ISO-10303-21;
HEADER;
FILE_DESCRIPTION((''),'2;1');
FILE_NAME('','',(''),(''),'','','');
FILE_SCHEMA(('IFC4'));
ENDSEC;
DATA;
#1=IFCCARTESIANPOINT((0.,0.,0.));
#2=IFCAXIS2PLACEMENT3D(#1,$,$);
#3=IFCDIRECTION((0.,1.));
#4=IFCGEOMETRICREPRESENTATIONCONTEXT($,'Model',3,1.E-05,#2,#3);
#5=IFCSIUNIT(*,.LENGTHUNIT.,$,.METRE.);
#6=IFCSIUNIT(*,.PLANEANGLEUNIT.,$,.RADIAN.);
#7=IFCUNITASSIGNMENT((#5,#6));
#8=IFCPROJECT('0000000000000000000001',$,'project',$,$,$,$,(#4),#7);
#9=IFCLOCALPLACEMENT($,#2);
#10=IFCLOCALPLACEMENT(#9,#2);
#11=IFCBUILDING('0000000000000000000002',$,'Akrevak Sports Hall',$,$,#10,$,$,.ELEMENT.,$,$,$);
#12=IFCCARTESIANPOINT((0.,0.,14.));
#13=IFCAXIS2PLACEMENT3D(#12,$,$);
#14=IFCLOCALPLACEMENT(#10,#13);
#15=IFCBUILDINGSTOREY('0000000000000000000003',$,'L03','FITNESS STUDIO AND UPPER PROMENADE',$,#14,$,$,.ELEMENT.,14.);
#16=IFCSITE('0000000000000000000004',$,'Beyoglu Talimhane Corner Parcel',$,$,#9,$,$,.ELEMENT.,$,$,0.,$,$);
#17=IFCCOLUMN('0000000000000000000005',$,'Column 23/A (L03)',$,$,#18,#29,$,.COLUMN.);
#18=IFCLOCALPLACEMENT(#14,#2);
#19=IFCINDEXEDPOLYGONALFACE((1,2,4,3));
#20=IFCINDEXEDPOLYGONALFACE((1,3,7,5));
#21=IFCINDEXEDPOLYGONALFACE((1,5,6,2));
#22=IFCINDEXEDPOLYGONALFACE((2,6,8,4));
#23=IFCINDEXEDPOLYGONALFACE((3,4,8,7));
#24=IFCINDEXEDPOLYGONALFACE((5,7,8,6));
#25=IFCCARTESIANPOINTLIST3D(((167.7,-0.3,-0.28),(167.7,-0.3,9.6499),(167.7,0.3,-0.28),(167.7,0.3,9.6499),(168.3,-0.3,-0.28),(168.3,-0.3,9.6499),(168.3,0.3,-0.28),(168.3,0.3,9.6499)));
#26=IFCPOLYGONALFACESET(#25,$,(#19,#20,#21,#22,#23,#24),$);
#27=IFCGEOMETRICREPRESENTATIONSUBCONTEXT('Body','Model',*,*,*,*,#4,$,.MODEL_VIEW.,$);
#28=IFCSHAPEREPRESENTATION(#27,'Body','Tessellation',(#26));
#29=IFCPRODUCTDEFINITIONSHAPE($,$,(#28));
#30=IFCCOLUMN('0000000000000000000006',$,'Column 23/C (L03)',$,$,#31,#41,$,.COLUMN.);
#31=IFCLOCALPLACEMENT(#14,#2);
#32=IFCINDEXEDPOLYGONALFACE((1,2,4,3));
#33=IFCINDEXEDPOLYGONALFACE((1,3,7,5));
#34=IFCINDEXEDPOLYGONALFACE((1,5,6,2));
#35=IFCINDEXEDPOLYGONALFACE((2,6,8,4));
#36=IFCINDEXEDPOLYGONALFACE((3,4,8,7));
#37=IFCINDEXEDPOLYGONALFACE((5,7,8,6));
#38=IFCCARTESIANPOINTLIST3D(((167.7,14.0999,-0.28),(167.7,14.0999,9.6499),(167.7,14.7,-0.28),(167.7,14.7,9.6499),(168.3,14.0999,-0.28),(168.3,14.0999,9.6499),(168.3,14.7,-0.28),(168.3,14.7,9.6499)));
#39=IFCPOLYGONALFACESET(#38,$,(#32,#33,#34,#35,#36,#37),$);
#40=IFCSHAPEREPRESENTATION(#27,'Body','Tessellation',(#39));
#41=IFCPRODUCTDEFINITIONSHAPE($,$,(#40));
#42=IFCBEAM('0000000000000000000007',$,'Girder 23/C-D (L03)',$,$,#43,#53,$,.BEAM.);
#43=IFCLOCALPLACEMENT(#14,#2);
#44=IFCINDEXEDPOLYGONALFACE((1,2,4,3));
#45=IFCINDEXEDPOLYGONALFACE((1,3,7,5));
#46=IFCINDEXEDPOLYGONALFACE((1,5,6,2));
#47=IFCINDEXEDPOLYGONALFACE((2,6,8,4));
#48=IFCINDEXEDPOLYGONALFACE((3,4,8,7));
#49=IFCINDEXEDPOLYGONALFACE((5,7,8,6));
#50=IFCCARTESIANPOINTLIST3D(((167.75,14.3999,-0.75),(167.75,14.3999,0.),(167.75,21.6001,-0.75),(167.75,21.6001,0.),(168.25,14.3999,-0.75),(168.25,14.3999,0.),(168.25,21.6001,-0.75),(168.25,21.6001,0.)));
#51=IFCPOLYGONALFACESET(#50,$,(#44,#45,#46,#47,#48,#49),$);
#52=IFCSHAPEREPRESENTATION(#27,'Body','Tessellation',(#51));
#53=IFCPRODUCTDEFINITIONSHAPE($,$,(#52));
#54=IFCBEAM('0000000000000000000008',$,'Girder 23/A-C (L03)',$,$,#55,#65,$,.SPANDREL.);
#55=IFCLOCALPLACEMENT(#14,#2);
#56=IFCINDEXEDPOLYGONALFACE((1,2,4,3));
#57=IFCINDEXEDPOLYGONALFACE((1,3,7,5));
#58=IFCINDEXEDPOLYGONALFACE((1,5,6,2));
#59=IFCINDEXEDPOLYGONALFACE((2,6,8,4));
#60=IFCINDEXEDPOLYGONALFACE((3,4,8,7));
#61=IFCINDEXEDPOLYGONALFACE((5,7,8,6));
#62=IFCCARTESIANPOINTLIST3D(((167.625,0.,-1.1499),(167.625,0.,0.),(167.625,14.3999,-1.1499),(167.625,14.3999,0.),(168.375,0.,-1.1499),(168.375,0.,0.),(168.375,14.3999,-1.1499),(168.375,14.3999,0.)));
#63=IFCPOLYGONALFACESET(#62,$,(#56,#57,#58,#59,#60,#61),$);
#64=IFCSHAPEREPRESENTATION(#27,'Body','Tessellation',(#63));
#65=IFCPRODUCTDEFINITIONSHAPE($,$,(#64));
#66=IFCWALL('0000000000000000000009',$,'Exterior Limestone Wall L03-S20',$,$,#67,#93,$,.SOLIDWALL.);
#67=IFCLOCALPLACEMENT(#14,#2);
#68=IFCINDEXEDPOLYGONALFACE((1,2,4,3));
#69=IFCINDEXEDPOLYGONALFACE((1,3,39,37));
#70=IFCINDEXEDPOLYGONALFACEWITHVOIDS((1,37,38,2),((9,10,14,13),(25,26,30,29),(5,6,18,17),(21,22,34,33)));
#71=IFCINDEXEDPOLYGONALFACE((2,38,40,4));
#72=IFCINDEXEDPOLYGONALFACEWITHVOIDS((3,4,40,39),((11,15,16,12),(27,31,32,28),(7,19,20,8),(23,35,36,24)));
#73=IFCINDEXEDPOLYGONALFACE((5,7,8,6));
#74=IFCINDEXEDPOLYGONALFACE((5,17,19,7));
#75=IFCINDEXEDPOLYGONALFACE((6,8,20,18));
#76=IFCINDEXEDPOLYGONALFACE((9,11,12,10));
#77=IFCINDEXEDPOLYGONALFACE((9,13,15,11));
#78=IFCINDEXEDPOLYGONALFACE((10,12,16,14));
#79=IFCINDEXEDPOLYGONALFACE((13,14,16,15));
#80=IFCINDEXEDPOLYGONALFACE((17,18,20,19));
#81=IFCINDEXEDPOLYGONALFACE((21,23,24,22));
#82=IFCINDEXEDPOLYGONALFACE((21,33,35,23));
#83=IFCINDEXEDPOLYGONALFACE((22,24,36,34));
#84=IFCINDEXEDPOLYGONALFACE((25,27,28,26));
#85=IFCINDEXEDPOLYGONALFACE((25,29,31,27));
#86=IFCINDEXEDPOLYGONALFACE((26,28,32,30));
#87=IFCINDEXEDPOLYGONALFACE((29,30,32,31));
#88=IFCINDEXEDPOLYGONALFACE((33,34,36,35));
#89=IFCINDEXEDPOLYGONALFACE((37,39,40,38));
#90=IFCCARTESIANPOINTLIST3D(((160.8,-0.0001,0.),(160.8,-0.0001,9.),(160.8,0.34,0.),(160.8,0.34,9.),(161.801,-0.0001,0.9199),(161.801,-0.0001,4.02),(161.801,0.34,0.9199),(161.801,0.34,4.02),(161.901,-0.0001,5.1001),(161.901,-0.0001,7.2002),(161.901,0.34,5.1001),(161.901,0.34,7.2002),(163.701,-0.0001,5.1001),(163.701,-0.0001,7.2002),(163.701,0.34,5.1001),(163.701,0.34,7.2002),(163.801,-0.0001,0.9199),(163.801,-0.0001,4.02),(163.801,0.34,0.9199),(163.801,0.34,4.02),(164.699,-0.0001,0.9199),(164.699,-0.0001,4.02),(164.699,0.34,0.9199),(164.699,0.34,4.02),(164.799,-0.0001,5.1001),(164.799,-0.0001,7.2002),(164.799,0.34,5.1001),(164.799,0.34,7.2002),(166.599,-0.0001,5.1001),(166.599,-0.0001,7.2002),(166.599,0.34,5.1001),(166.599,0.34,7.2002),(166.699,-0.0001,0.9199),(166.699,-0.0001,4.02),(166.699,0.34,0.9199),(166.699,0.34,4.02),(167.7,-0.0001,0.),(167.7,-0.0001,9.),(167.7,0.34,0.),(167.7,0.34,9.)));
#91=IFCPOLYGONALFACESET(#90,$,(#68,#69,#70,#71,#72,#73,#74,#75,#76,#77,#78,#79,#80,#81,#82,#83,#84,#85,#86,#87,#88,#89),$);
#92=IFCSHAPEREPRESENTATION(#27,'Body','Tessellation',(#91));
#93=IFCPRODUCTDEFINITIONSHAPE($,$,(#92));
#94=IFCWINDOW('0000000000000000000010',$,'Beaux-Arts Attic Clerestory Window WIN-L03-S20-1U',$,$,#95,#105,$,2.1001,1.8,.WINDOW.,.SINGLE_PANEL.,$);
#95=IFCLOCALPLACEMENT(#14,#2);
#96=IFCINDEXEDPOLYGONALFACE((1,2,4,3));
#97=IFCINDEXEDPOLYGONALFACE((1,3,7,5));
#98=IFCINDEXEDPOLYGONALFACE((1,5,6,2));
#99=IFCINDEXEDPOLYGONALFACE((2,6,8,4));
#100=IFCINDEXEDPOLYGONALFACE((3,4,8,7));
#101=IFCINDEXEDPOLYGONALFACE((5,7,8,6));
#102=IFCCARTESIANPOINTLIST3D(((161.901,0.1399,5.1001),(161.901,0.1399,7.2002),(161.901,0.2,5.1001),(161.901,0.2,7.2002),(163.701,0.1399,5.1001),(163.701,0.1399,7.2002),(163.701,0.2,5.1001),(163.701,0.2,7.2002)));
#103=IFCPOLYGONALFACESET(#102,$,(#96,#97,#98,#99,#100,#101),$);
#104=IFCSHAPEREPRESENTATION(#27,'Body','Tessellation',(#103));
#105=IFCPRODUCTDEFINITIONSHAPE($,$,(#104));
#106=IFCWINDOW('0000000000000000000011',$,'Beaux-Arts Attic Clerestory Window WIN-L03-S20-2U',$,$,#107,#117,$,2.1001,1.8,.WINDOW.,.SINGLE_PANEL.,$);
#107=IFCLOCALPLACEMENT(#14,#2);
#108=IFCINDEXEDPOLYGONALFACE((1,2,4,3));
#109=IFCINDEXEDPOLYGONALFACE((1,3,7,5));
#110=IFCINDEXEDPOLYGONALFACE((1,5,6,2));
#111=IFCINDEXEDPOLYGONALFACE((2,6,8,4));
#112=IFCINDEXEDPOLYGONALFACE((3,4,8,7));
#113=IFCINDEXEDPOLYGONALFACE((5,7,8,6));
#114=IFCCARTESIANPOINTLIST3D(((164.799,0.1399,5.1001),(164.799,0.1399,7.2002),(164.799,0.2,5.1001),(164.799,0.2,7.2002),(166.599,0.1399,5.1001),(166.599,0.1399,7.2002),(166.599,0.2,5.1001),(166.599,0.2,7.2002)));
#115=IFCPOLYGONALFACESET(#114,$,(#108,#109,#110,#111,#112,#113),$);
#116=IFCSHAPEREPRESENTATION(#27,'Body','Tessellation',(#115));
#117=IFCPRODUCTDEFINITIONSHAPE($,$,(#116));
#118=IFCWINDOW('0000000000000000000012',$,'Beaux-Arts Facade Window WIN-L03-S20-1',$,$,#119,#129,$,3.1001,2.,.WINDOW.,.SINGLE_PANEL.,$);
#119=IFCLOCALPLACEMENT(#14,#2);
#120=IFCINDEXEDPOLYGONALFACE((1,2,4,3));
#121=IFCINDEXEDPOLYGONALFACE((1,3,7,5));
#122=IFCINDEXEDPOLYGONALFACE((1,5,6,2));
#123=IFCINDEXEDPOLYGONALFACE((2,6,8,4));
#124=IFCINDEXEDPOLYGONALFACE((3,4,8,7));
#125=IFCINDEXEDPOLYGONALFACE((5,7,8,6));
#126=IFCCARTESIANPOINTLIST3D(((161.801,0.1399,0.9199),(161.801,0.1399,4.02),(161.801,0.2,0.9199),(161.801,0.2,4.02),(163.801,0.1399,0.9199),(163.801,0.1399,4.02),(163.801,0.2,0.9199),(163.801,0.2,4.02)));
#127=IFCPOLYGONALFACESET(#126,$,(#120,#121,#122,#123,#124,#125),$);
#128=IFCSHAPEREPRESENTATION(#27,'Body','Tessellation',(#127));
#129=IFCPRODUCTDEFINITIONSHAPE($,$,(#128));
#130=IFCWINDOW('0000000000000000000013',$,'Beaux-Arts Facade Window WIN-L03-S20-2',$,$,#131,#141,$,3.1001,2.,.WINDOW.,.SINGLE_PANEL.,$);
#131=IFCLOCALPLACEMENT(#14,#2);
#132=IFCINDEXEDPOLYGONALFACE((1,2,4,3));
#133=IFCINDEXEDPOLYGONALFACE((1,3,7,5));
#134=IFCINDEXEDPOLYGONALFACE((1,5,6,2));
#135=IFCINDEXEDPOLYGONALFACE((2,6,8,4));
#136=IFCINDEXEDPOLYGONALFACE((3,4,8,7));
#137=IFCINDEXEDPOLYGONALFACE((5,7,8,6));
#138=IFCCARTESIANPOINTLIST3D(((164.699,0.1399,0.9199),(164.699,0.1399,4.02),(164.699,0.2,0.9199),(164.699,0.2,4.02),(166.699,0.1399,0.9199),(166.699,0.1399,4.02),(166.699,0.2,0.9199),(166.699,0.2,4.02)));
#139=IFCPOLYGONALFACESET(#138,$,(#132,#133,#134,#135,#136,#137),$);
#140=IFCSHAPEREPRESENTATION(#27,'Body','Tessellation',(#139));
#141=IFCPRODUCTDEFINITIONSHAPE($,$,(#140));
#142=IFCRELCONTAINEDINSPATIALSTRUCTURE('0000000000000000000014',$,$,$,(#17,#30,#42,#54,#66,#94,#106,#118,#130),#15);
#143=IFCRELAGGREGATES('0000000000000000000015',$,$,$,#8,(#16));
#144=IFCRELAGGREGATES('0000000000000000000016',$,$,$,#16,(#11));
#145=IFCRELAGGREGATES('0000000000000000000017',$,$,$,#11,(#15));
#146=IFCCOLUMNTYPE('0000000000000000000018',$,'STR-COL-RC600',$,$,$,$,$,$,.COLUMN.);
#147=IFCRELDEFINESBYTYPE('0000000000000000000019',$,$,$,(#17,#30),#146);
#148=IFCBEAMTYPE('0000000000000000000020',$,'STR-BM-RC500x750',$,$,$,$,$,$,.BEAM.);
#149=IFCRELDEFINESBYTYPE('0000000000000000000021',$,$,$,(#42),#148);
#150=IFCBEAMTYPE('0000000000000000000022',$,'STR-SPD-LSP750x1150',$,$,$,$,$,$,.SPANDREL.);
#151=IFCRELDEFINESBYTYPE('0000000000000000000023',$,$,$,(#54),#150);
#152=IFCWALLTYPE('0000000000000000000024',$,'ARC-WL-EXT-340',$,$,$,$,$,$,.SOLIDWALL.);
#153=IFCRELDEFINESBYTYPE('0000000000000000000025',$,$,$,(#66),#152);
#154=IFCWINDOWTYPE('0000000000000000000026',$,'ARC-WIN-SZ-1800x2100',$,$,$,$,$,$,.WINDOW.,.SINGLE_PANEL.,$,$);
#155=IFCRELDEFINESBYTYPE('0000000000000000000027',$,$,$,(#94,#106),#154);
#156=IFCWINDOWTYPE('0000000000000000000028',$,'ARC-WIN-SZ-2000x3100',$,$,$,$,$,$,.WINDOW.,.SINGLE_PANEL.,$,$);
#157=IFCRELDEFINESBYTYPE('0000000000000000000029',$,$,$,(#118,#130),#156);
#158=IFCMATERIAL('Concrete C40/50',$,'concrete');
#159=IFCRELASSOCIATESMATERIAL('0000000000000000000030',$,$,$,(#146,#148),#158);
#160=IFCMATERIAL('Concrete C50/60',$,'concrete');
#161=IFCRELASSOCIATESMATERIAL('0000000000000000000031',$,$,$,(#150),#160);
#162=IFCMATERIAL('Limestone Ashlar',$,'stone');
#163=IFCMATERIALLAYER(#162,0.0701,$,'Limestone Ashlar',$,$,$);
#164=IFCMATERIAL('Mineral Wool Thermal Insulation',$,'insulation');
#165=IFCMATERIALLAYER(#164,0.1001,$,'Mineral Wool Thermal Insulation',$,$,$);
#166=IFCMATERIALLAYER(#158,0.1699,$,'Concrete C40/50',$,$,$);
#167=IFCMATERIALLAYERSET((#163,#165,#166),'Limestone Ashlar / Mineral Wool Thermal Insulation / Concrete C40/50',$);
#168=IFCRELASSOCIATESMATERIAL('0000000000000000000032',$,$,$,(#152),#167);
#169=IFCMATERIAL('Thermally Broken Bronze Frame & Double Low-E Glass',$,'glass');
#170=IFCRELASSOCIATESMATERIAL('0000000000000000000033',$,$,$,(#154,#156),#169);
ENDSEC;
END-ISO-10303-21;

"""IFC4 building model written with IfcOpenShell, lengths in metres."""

from ifc_helpers import new_model, si_unit, direction, frame, frame_2d, origin, origin_2d, place, context, subcontext, project, spatial, rectangle, extrude, material, layer, layer_set, material_profile, profile_set, type_object, element, fill, save


model = new_model("IFC4")

# Units and contexts
model_context = context("Model", 3, precision=1e-05, world=origin(), true_north=direction((0.0, 1.0)))
body_context = subcontext(model_context, "Body", "Model", "MODEL_VIEW")
ifc_project = project(units=[si_unit("LENGTHUNIT", "METRE"), si_unit("PLANEANGLEUNIT", "RADIAN")], contexts=[model_context])

# Site, building, storey
site_placement = place(None, origin())
site = spatial("IfcSite", under=ifc_project, at=site_placement, Name="Beyoglu Talimhane Corner Parcel", CompositionType="ELEMENT", RefElevation=0.0)
building_placement = place(site_placement, origin())
building = spatial("IfcBuilding", under=site, at=building_placement, Name="Akrevak Sports Hall", CompositionType="ELEMENT")
storey_placement = place(building_placement, frame((0.0, 0.0, 14.0)))
storey = spatial("IfcBuildingStorey", under=building, at=storey_placement, Name="L03", Description="FITNESS STUDIO AND UPPER PROMENADE", CompositionType="ELEMENT", Elevation=14.0)

# Columns
ifc_material_1 = material(Name="Concrete C40/50", Category="concrete")
ifc_material_profile_1 = material_profile(ifc_material_1, rectangle(XDim=0.6001, YDim=0.6001, at=origin_2d()), Name="RC 600x600", Category="concrete")
ifc_profile_set_1 = profile_set([ifc_material_profile_1], Name="Concrete C40/50")
column_type = type_object("IfcColumnType", Name="STR-COL-RC600", PredefinedType="COLUMN", material=ifc_profile_set_1)
for number, where, z_axis, x_axis, name in (
    (1, (168.0, 0.0, -0.28), (0.0, 0.0, 1.0), (1.0, 0.0, 0.0), "Column 23/A (L03)"),
    (2, (168.0, 14.3999, -0.28), (0.0, 0.0, 1.0), (1.0, 0.0, 0.0), "Column 23/C (L03)"),
):
    element("IfcColumn", number, at=place(storey_placement, frame(where, z_axis=z_axis, x_axis=x_axis)), inside=storey, type_object=column_type, Name=name, PredefinedType="COLUMN", context=body_context, shape_type="SweptSolid", body=[
        extrude(rectangle(XDim=0.6001, YDim=0.6001, at=origin_2d()), origin(), (0.0, 0.0, 1.0), 9.9299),
    ])

# Beams
ifc_material_profile_2 = material_profile(ifc_material_1, rectangle(XDim=0.5, YDim=0.75, at=origin_2d()), Name="BM 500x750", Category="concrete")
ifc_profile_set_2 = profile_set([ifc_material_profile_2], Name="Concrete C40/50")
beam_type_1 = type_object("IfcBeamType", Name="STR-BM-RC500x750", PredefinedType="BEAM", material=ifc_profile_set_2)
beam_1_placement = place(storey_placement, frame((168.0, 14.3999, -0.375), z_axis=(0.0, 1.0, 0.0), x_axis=(-1.0, 0.0, 0.0)))
element("IfcBeam", 3, at=beam_1_placement, inside=storey, type_object=beam_type_1, Name="Girder 23/C-D (L03)", PredefinedType="BEAM", context=body_context, shape_type="SweptSolid", body=[
    extrude(rectangle(XDim=0.5, YDim=0.75, at=origin_2d()), origin(), (0.0, 0.0, 1.0), 7.2002),
])
ifc_material_2 = material(Name="Concrete C50/60", Category="concrete")
ifc_material_profile_3 = material_profile(ifc_material_2, rectangle(XDim=0.75, YDim=1.1499, at=origin_2d()), Name="SPD 750x1150", Category="concrete")
ifc_profile_set_3 = profile_set([ifc_material_profile_3], Name="Concrete C50/60")
beam_type_2 = type_object("IfcBeamType", Name="STR-SPD-LSP750x1150", PredefinedType="SPANDREL", material=ifc_profile_set_3)
beam_2_placement = place(storey_placement, frame((168.0, 0.0, -0.575), z_axis=(0.0, 1.0, 0.0), x_axis=(-1.0, 0.0, 0.0)))
element("IfcBeam", 4, at=beam_2_placement, inside=storey, type_object=beam_type_2, Name="Girder 23/A-C (L03)", PredefinedType="SPANDREL", context=body_context, shape_type="SweptSolid", body=[
    extrude(rectangle(XDim=0.75, YDim=1.1499, at=origin_2d()), origin(), (0.0, 0.0, 1.0), 14.3999),
])

# Wall, openings, windows
ifc_material_3 = material(Name="Limestone Ashlar", Category="stone")
ifc_layer_1 = layer(ifc_material_3, 0.0701, Name="Limestone Ashlar")
ifc_material_4 = material(Name="Mineral Wool Thermal Insulation", Category="insulation")
ifc_layer_2 = layer(ifc_material_4, 0.1001, Name="Mineral Wool Thermal Insulation")
ifc_layer_3 = layer(ifc_material_1, 0.1699, Name="Concrete C40/50")
ifc_layer_set_1 = layer_set([ifc_layer_1, ifc_layer_2, ifc_layer_3], Name="Limestone Ashlar / Mineral Wool Thermal Insulation / Concrete C40/50")
wall_type = type_object("IfcWallType", Name="ARC-WL-EXT-340", PredefinedType="SOLIDWALL", material=ifc_layer_set_1)
wall_1_placement = place(storey_placement, frame((160.8, 0.1699, 0.0), z_axis=(0.0, 0.0, 1.0), x_axis=(1.0, 0.0, 0.0)))
wall_1 = element("IfcWall", 5, at=wall_1_placement, inside=storey, type_object=wall_type, Name="Exterior Limestone Wall L03-S20", PredefinedType="SOLIDWALL", context=body_context, shape_type="SweptSolid", body=[
    extrude(rectangle(XDim=6.8999, YDim=0.3401, at=frame_2d((3.45, 0.0))), origin(), (0.0, 0.0, 1.0), 9.0),
])
opening_1_placement = place(wall_1_placement, frame((1.001, 0.0, 0.9199)))
opening_1 = element("IfcOpeningElement", 6, at=opening_1_placement, cuts=wall_1, PredefinedType="OPENING", context=body_context, shape_type="SweptSolid", body=[
    extrude(rectangle(XDim=2.0, YDim=3.1001, at=frame_2d((1.0, 1.55))), frame((0.0, 0.1821, 0.0), z_axis=(0.0, -1.0, 0.0), x_axis=(1.0, 0.0, 0.0)), (0.0, 0.0, 1.0), 0.364),
])
opening_2_placement = place(wall_1_placement, frame((1.1011, 0.0, 5.1001)))
opening_2 = element("IfcOpeningElement", 7, at=opening_2_placement, cuts=wall_1, PredefinedType="OPENING", context=body_context, shape_type="SweptSolid", body=[
    extrude(rectangle(XDim=1.8, YDim=2.1001, at=frame_2d((0.8999, 1.05))), frame((0.0, 0.1821, 0.0), z_axis=(0.0, -1.0, 0.0), x_axis=(1.0, 0.0, 0.0)), (0.0, 0.0, 1.0), 0.364),
])
opening_3_placement = place(wall_1_placement, frame((3.8989, 0.0, 0.9199)))
opening_3 = element("IfcOpeningElement", 8, at=opening_3_placement, cuts=wall_1, PredefinedType="OPENING", context=body_context, shape_type="SweptSolid", body=[
    extrude(rectangle(XDim=2.0, YDim=3.1001, at=frame_2d((1.0, 1.55))), frame((0.0, 0.1821, 0.0), z_axis=(0.0, -1.0, 0.0), x_axis=(1.0, 0.0, 0.0)), (0.0, 0.0, 1.0), 0.364),
])
opening_4_placement = place(wall_1_placement, frame((3.999, 0.0, 5.1001)))
opening_4 = element("IfcOpeningElement", 9, at=opening_4_placement, cuts=wall_1, PredefinedType="OPENING", context=body_context, shape_type="SweptSolid", body=[
    extrude(rectangle(XDim=1.8, YDim=2.1001, at=frame_2d((0.8999, 1.05))), frame((0.0, 0.1821, 0.0), z_axis=(0.0, -1.0, 0.0), x_axis=(1.0, 0.0, 0.0)), (0.0, 0.0, 1.0), 0.364),
])
ifc_material_5 = material(Name="Thermally Broken Bronze Frame & Double Low-E Glass", Category="glass")
window_type_1 = type_object("IfcWindowType", Name="ARC-WIN-SZ-1800x2100", PartitioningType="SINGLE_PANEL", PredefinedType="WINDOW", material=ifc_material_5)
window_1_placement = place(opening_2_placement, origin())
window_1 = element("IfcWindow", 10, at=window_1_placement, inside=storey, type_object=window_type_1, Name="Beaux-Arts Attic Clerestory Window WIN-L03-S20-1U", OverallHeight=2.1001, OverallWidth=1.8, PartitioningType="SINGLE_PANEL", PredefinedType="WINDOW", context=body_context, shape_type="SweptSolid", body=[
    extrude(rectangle(XDim=1.8, YDim=2.1001, at=frame_2d((0.8999, 1.05))), frame((0.0, 0.03, 0.0), z_axis=(0.0, -1.0, 0.0), x_axis=(1.0, 0.0, 0.0)), (0.0, 0.0, 1.0), 0.0601),
])
fill(opening_2, window_1)
window_2_placement = place(opening_4_placement, origin())
window_2 = element("IfcWindow", 11, at=window_2_placement, inside=storey, type_object=window_type_1, Name="Beaux-Arts Attic Clerestory Window WIN-L03-S20-2U", OverallHeight=2.1001, OverallWidth=1.8, PartitioningType="SINGLE_PANEL", PredefinedType="WINDOW", context=body_context, shape_type="SweptSolid", body=[
    extrude(rectangle(XDim=1.8, YDim=2.1001, at=frame_2d((0.8999, 1.05))), frame((0.0, 0.03, 0.0), z_axis=(0.0, -1.0, 0.0), x_axis=(1.0, 0.0, 0.0)), (0.0, 0.0, 1.0), 0.0601),
])
fill(opening_4, window_2)
window_type_2 = type_object("IfcWindowType", Name="ARC-WIN-SZ-2000x3100", PartitioningType="SINGLE_PANEL", PredefinedType="WINDOW", material=ifc_material_5)
window_3_placement = place(opening_1_placement, origin())
window_3 = element("IfcWindow", 12, at=window_3_placement, inside=storey, type_object=window_type_2, Name="Beaux-Arts Facade Window WIN-L03-S20-1", OverallHeight=3.1001, OverallWidth=2.0, PartitioningType="SINGLE_PANEL", PredefinedType="WINDOW", context=body_context, shape_type="SweptSolid", body=[
    extrude(rectangle(XDim=2.0, YDim=3.1001, at=frame_2d((1.0, 1.55))), frame((0.0, 0.03, 0.0), z_axis=(0.0, -1.0, 0.0), x_axis=(1.0, 0.0, 0.0)), (0.0, 0.0, 1.0), 0.0601),
])
fill(opening_1, window_3)
window_4_placement = place(opening_3_placement, origin())
window_4 = element("IfcWindow", 13, at=window_4_placement, inside=storey, type_object=window_type_2, Name="Beaux-Arts Facade Window WIN-L03-S20-2", OverallHeight=3.1001, OverallWidth=2.0, PartitioningType="SINGLE_PANEL", PredefinedType="WINDOW", context=body_context, shape_type="SweptSolid", body=[
    extrude(rectangle(XDim=2.0, YDim=3.1001, at=frame_2d((1.0, 1.55))), frame((0.0, 0.03, 0.0), z_axis=(0.0, -1.0, 0.0), x_axis=(1.0, 0.0, 0.0)), (0.0, 0.0, 1.0), 0.0601),
])
fill(opening_3, window_4)

save(model, "model.ifc")
